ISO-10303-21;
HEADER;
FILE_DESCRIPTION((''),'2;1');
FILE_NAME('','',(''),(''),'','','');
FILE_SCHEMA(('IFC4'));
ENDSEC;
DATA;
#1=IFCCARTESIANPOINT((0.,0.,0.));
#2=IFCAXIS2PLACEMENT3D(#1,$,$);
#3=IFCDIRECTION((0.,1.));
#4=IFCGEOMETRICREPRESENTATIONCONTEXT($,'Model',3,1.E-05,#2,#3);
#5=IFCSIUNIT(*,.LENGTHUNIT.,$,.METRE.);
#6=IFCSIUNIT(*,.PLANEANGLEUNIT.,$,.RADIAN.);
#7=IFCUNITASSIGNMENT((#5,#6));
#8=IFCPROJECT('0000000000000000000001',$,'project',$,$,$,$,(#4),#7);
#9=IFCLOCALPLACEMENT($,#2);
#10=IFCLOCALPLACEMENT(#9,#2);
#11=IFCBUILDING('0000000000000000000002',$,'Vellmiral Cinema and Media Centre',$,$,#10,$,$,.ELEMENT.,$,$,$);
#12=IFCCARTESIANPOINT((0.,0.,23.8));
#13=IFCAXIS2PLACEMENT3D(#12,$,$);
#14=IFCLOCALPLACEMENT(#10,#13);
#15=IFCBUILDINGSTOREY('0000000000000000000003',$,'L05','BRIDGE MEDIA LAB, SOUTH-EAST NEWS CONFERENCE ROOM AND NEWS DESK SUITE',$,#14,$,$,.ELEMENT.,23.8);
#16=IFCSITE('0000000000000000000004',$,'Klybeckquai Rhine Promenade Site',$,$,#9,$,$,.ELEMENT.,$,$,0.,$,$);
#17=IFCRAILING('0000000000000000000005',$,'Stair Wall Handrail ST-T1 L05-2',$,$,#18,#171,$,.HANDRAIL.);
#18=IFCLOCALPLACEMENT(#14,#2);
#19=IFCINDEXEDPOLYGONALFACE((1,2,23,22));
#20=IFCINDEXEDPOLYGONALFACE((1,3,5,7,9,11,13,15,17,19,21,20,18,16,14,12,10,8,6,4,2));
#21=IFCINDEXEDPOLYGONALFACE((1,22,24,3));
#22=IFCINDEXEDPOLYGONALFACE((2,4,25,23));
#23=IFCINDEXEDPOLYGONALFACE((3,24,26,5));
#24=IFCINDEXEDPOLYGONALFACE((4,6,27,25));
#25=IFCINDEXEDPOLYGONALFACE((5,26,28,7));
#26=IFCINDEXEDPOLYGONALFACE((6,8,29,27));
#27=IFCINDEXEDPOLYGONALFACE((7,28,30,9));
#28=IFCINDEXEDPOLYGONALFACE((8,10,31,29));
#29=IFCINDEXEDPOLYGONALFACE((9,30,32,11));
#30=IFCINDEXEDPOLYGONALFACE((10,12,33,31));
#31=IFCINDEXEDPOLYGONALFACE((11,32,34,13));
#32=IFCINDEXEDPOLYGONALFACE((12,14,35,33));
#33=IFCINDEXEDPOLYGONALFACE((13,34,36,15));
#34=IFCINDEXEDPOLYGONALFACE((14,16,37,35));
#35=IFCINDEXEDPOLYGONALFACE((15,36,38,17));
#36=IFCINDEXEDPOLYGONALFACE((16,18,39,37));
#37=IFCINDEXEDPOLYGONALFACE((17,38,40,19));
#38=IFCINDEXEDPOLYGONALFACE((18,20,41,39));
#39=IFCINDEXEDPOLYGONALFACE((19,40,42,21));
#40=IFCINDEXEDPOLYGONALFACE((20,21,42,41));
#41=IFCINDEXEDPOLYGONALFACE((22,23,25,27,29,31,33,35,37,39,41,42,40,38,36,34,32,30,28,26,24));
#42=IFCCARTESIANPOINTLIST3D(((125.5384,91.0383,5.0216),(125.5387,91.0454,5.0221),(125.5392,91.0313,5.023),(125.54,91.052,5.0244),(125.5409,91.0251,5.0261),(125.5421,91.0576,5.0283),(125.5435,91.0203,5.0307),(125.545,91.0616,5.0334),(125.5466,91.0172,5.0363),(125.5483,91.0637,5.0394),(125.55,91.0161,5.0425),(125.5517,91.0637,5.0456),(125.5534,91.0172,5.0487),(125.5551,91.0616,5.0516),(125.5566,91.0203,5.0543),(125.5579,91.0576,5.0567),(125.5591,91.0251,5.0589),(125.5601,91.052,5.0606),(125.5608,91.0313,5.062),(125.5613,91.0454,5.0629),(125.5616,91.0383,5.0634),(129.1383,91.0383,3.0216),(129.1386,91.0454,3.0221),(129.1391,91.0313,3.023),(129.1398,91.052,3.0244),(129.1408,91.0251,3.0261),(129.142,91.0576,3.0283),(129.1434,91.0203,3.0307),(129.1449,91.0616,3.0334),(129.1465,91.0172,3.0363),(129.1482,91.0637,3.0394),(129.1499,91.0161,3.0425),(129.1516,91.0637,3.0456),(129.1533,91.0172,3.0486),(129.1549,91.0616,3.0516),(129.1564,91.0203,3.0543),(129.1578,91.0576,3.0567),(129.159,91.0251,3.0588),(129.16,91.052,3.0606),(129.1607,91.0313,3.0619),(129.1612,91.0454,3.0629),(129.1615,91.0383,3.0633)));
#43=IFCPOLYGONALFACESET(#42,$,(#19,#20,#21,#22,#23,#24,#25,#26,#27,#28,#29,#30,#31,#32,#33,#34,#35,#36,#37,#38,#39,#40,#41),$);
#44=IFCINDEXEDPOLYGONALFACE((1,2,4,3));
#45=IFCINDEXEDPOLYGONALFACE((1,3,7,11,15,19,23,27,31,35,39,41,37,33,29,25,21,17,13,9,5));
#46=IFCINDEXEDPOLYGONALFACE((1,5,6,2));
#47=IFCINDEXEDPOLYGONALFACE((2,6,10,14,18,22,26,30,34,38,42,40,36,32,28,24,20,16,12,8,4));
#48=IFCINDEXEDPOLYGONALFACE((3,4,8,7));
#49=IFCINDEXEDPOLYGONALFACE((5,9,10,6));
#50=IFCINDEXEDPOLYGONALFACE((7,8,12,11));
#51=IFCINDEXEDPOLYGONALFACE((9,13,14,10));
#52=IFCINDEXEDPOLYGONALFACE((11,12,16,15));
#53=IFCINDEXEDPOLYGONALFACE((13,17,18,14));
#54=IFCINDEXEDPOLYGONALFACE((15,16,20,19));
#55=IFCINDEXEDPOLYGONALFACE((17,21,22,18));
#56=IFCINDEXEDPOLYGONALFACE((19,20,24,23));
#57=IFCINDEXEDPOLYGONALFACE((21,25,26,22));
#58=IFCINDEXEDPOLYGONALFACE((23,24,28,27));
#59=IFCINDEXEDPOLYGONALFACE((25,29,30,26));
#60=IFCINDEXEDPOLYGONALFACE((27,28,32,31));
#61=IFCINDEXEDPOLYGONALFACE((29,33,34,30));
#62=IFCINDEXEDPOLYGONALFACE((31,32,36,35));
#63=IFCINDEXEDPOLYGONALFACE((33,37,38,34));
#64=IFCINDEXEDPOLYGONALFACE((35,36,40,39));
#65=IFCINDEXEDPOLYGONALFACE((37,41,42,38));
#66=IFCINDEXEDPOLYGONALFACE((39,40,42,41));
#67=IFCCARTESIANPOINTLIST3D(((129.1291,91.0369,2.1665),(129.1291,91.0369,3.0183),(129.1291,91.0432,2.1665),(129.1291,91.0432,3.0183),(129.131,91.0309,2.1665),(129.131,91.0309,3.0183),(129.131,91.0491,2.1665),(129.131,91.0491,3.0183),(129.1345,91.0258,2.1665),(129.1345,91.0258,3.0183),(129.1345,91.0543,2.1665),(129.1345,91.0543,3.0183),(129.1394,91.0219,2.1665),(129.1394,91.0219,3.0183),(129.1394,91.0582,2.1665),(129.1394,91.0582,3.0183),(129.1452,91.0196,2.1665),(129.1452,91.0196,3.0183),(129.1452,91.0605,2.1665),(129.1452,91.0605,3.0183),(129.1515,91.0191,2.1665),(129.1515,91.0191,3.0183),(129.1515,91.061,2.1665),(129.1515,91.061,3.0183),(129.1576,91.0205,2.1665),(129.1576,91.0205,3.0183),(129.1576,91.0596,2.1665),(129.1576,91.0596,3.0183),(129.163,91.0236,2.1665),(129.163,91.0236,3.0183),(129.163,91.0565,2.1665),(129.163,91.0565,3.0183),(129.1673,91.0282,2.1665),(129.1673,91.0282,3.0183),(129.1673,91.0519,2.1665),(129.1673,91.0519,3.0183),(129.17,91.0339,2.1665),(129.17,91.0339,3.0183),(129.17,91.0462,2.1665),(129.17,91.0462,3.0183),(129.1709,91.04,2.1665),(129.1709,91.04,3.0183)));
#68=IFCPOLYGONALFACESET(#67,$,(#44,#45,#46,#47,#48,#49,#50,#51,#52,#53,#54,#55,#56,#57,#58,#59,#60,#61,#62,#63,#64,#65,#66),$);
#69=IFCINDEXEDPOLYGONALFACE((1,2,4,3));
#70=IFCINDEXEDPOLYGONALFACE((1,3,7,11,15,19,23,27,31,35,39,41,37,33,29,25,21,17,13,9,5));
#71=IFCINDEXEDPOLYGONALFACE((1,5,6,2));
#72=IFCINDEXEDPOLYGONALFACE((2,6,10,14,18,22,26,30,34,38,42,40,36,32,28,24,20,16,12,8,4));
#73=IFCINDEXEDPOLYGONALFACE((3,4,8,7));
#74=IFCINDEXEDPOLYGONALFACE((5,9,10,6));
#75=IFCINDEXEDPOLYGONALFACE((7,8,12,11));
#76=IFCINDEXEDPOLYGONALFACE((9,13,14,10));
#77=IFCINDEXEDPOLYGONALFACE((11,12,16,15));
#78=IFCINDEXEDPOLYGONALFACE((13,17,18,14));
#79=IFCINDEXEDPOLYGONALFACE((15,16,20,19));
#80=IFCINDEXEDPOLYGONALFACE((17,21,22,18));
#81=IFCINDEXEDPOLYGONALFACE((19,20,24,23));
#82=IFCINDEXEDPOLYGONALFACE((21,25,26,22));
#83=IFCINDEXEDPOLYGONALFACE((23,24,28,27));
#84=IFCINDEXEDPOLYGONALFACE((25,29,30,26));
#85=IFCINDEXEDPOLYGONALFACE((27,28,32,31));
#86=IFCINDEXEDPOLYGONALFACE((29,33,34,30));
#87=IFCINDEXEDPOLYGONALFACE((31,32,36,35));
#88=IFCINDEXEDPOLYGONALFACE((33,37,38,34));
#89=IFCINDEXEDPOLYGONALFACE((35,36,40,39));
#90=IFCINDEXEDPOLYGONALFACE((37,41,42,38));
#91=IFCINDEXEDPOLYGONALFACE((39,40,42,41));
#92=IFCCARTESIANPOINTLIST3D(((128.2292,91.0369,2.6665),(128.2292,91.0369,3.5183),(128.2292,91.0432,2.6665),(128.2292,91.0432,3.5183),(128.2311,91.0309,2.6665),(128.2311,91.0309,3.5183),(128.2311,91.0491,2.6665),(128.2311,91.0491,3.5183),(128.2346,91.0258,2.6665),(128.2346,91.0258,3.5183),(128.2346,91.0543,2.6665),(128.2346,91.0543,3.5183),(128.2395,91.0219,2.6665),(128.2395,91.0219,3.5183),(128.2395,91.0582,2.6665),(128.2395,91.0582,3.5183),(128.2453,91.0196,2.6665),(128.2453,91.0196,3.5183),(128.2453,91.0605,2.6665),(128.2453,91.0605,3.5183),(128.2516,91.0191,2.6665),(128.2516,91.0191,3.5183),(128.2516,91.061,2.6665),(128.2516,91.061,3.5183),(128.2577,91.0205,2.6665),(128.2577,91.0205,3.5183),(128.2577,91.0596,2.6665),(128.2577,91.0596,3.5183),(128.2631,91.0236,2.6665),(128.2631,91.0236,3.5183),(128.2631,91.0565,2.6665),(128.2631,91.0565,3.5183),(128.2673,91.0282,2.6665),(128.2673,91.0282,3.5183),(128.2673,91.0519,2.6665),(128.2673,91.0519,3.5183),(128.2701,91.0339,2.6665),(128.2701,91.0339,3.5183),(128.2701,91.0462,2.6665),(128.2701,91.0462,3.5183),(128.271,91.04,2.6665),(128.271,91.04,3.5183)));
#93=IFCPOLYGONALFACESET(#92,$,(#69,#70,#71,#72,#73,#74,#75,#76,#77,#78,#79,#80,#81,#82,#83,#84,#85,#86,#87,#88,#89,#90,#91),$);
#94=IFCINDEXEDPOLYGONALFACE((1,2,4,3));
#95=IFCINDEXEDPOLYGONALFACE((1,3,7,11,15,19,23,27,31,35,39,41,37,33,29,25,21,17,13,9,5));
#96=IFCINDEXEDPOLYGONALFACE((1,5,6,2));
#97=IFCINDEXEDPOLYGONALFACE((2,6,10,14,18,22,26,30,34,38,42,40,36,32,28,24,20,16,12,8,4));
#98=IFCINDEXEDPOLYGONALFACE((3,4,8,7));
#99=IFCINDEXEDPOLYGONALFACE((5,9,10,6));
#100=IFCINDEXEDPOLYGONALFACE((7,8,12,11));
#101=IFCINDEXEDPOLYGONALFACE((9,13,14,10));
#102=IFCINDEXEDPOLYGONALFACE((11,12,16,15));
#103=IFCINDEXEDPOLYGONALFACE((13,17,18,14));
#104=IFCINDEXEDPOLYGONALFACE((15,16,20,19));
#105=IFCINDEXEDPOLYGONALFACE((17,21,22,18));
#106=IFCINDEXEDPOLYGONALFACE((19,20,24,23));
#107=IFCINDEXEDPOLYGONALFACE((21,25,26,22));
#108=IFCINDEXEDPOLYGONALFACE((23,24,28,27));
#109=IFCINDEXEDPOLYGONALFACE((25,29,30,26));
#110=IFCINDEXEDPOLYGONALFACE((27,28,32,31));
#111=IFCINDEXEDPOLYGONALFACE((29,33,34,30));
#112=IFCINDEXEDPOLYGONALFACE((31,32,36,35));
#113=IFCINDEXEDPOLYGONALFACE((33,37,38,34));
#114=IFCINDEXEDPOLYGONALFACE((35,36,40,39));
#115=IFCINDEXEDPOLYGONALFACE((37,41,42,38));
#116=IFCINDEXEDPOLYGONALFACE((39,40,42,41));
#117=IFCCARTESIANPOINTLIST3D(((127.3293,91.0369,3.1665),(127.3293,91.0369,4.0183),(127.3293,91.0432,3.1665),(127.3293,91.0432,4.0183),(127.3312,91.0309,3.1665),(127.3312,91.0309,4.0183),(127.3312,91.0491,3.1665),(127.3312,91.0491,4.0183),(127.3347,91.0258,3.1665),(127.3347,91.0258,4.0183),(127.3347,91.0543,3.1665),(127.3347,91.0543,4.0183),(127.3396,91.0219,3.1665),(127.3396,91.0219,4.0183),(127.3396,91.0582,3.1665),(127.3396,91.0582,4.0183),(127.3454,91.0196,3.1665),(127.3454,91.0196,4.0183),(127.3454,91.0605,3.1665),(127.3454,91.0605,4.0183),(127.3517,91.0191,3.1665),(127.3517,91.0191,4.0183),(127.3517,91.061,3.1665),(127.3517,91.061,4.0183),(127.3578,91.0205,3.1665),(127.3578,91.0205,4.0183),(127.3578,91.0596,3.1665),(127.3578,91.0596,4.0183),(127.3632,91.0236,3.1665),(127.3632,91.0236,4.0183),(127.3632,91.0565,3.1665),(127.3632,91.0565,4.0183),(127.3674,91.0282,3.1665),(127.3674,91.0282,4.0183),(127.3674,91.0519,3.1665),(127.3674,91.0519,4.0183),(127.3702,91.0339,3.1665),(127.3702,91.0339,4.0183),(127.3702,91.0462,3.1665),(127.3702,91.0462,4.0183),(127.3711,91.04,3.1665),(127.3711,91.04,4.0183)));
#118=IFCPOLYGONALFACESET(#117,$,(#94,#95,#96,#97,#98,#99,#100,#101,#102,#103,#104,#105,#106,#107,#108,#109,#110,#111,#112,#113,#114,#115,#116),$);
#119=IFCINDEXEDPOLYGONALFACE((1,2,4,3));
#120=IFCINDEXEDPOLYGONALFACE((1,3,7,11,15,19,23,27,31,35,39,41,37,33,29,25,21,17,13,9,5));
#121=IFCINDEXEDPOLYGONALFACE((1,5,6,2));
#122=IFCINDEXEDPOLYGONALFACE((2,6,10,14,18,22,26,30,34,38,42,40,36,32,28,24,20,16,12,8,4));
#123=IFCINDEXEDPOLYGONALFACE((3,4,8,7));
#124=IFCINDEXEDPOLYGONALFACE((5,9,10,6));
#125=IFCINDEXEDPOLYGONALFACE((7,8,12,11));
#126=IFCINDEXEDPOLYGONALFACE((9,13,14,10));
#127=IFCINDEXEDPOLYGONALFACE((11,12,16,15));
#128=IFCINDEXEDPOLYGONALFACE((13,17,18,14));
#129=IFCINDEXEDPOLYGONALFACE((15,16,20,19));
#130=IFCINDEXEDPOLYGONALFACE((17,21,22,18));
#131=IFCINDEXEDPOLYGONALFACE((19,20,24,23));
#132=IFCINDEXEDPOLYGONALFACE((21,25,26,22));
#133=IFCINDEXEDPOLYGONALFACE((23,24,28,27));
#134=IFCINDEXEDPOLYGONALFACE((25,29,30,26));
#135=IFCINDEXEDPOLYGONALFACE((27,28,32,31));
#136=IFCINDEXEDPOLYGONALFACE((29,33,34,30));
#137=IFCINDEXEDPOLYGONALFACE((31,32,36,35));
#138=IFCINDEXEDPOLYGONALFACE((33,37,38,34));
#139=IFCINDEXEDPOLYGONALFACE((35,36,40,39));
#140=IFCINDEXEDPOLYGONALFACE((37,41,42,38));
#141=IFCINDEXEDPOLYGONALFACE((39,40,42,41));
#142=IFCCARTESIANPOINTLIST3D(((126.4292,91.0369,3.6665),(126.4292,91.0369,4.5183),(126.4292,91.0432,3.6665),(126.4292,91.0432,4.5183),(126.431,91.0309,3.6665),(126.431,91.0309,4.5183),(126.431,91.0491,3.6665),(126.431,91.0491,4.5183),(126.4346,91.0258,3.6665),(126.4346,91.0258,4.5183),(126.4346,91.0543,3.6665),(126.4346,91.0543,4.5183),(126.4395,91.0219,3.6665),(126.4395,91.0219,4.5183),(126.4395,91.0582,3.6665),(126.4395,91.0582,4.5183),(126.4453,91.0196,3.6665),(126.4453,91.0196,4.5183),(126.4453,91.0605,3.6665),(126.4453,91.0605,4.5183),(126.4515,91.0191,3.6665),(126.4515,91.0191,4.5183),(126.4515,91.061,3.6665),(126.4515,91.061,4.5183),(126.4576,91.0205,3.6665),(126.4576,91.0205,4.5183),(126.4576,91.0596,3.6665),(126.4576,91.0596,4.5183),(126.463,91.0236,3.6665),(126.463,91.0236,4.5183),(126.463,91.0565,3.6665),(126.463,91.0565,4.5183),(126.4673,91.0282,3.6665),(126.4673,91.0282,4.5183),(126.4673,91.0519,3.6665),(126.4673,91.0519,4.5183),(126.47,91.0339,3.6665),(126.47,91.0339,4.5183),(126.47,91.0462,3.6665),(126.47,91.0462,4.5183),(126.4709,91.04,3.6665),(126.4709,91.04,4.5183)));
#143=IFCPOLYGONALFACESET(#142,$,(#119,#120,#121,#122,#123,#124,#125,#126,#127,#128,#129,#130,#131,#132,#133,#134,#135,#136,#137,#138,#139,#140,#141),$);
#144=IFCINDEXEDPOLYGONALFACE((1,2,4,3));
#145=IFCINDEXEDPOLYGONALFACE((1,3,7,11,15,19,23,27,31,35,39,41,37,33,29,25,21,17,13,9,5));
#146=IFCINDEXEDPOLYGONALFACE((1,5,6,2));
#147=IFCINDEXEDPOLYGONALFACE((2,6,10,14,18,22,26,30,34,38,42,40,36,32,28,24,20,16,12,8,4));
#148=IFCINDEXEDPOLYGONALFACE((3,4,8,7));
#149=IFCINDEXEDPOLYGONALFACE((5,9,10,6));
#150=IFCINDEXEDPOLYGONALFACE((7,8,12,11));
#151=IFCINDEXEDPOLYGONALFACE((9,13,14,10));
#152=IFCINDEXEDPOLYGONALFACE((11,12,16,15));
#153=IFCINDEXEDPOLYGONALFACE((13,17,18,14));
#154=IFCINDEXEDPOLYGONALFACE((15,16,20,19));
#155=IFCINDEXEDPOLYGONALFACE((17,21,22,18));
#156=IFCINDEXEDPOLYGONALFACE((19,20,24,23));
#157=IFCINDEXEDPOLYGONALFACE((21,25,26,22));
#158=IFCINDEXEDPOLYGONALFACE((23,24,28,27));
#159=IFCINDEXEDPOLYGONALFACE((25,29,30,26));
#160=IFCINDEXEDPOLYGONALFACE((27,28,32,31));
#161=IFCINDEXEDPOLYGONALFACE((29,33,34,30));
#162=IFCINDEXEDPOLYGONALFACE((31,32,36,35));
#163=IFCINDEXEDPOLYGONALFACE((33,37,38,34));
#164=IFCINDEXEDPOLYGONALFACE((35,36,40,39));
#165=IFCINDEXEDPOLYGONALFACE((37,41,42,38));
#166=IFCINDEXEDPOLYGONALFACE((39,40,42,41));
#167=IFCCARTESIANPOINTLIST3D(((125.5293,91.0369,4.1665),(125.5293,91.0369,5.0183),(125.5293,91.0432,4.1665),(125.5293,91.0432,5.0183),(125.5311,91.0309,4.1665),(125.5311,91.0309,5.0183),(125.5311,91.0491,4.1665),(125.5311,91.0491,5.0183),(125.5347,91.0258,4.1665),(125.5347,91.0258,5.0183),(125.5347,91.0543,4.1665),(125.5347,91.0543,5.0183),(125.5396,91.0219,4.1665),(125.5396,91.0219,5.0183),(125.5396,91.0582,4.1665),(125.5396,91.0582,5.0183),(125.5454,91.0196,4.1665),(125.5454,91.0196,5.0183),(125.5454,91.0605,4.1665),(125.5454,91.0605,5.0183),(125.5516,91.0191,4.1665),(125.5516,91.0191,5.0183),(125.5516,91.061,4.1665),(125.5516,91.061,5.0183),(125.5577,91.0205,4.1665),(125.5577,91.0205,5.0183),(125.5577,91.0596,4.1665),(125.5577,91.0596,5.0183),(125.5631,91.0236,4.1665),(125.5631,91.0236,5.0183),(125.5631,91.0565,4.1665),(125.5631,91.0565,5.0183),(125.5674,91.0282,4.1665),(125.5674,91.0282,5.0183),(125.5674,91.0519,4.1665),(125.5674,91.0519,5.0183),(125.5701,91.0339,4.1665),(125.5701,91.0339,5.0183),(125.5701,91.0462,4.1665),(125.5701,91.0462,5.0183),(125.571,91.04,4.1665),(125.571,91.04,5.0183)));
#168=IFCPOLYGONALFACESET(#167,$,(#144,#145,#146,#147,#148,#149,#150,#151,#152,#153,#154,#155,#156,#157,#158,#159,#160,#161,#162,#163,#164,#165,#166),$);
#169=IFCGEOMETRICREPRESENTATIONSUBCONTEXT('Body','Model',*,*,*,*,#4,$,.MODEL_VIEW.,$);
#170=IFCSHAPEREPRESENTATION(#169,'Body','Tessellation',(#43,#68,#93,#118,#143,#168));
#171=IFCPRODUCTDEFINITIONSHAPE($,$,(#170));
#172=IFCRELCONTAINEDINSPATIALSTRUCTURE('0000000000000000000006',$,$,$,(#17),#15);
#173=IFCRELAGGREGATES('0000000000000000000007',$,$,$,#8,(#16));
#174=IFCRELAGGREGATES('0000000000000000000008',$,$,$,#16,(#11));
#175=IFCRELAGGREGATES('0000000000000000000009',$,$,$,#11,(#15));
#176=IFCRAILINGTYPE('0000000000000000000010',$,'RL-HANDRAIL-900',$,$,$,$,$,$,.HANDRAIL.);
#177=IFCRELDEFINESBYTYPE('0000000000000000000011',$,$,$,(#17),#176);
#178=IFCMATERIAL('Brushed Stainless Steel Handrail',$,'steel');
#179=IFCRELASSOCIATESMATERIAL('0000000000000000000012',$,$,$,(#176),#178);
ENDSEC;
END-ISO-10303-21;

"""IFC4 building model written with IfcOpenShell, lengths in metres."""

from ifc_helpers import new_model, si_unit, direction, frame, origin, origin_2d, place, context, subcontext, project, spatial, circle, extrude, material, type_object, element, save


model = new_model("IFC4")

# Units and contexts
model_context = context("Model", 3, precision=1e-05, world=origin(), true_north=direction((0.0, 1.0)))
body_context = subcontext(model_context, "Body", "Model", "MODEL_VIEW")
ifc_project = project(units=[si_unit("LENGTHUNIT", "METRE"), si_unit("PLANEANGLEUNIT", "RADIAN")], contexts=[model_context])

# Site, building, storey
site_placement = place(None, origin())
site = spatial("IfcSite", under=ifc_project, at=site_placement, Name="Klybeckquai Rhine Promenade Site", CompositionType="ELEMENT", RefElevation=0.0)
building_placement = place(site_placement, origin())
building = spatial("IfcBuilding", under=site, at=building_placement, Name="Vellmiral Cinema and Media Centre", CompositionType="ELEMENT")
storey_placement = place(building_placement, frame((0.0, 0.0, 23.8)))
storey = spatial("IfcBuildingStorey", under=building, at=storey_placement, Name="L05", Description="BRIDGE MEDIA LAB, SOUTH-EAST NEWS CONFERENCE ROOM AND NEWS DESK SUITE", CompositionType="ELEMENT", Elevation=23.8)

# Railing
ifc_material_1 = material(Name="Brushed Stainless Steel Handrail", Category="steel")
railing_type_1 = type_object("IfcRailingType", Name="RL-HANDRAIL-900", PredefinedType="HANDRAIL", material=ifc_material_1)
railing_1_placement = place(storey_placement, frame((129.1499, 91.04, 2.1665)))
element("IfcRailing", 1, at=railing_1_placement, inside=storey, type_object=railing_type_1, Name="Stair Wall Handrail ST-T1 L05-2", PredefinedType="HANDRAIL", context=body_context, shape_type="SweptSolid", body=[
    extrude(circle(Radius=0.0239, at=origin_2d()), frame((0.0, 0.0, 0.876), z_axis=(-0.874149, 0.0, 0.485658), x_axis=(0.0, -1.0, 0.0)), (0.0, 0.0, 1.0), 4.1182),
    extrude(circle(Radius=0.021, at=origin_2d()), origin(), (0.0, 0.0, 1.0), 0.8518),
    extrude(circle(Radius=0.021, at=origin_2d()), frame((-0.8999, 0.0, 0.5)), (0.0, 0.0, 1.0), 0.8518),
    extrude(circle(Radius=0.021, at=origin_2d()), frame((-1.7998, 0.0, 1.0)), (0.0, 0.0, 1.0), 0.8518),
    extrude(circle(Radius=0.021, at=origin_2d()), frame((-2.7, 0.0, 1.5)), (0.0, 0.0, 1.0), 0.8518),
    extrude(circle(Radius=0.021, at=origin_2d()), frame((-3.5999, 0.0, 2.0)), (0.0, 0.0, 1.0), 0.8518),
])

save(model, "model.ifc")
